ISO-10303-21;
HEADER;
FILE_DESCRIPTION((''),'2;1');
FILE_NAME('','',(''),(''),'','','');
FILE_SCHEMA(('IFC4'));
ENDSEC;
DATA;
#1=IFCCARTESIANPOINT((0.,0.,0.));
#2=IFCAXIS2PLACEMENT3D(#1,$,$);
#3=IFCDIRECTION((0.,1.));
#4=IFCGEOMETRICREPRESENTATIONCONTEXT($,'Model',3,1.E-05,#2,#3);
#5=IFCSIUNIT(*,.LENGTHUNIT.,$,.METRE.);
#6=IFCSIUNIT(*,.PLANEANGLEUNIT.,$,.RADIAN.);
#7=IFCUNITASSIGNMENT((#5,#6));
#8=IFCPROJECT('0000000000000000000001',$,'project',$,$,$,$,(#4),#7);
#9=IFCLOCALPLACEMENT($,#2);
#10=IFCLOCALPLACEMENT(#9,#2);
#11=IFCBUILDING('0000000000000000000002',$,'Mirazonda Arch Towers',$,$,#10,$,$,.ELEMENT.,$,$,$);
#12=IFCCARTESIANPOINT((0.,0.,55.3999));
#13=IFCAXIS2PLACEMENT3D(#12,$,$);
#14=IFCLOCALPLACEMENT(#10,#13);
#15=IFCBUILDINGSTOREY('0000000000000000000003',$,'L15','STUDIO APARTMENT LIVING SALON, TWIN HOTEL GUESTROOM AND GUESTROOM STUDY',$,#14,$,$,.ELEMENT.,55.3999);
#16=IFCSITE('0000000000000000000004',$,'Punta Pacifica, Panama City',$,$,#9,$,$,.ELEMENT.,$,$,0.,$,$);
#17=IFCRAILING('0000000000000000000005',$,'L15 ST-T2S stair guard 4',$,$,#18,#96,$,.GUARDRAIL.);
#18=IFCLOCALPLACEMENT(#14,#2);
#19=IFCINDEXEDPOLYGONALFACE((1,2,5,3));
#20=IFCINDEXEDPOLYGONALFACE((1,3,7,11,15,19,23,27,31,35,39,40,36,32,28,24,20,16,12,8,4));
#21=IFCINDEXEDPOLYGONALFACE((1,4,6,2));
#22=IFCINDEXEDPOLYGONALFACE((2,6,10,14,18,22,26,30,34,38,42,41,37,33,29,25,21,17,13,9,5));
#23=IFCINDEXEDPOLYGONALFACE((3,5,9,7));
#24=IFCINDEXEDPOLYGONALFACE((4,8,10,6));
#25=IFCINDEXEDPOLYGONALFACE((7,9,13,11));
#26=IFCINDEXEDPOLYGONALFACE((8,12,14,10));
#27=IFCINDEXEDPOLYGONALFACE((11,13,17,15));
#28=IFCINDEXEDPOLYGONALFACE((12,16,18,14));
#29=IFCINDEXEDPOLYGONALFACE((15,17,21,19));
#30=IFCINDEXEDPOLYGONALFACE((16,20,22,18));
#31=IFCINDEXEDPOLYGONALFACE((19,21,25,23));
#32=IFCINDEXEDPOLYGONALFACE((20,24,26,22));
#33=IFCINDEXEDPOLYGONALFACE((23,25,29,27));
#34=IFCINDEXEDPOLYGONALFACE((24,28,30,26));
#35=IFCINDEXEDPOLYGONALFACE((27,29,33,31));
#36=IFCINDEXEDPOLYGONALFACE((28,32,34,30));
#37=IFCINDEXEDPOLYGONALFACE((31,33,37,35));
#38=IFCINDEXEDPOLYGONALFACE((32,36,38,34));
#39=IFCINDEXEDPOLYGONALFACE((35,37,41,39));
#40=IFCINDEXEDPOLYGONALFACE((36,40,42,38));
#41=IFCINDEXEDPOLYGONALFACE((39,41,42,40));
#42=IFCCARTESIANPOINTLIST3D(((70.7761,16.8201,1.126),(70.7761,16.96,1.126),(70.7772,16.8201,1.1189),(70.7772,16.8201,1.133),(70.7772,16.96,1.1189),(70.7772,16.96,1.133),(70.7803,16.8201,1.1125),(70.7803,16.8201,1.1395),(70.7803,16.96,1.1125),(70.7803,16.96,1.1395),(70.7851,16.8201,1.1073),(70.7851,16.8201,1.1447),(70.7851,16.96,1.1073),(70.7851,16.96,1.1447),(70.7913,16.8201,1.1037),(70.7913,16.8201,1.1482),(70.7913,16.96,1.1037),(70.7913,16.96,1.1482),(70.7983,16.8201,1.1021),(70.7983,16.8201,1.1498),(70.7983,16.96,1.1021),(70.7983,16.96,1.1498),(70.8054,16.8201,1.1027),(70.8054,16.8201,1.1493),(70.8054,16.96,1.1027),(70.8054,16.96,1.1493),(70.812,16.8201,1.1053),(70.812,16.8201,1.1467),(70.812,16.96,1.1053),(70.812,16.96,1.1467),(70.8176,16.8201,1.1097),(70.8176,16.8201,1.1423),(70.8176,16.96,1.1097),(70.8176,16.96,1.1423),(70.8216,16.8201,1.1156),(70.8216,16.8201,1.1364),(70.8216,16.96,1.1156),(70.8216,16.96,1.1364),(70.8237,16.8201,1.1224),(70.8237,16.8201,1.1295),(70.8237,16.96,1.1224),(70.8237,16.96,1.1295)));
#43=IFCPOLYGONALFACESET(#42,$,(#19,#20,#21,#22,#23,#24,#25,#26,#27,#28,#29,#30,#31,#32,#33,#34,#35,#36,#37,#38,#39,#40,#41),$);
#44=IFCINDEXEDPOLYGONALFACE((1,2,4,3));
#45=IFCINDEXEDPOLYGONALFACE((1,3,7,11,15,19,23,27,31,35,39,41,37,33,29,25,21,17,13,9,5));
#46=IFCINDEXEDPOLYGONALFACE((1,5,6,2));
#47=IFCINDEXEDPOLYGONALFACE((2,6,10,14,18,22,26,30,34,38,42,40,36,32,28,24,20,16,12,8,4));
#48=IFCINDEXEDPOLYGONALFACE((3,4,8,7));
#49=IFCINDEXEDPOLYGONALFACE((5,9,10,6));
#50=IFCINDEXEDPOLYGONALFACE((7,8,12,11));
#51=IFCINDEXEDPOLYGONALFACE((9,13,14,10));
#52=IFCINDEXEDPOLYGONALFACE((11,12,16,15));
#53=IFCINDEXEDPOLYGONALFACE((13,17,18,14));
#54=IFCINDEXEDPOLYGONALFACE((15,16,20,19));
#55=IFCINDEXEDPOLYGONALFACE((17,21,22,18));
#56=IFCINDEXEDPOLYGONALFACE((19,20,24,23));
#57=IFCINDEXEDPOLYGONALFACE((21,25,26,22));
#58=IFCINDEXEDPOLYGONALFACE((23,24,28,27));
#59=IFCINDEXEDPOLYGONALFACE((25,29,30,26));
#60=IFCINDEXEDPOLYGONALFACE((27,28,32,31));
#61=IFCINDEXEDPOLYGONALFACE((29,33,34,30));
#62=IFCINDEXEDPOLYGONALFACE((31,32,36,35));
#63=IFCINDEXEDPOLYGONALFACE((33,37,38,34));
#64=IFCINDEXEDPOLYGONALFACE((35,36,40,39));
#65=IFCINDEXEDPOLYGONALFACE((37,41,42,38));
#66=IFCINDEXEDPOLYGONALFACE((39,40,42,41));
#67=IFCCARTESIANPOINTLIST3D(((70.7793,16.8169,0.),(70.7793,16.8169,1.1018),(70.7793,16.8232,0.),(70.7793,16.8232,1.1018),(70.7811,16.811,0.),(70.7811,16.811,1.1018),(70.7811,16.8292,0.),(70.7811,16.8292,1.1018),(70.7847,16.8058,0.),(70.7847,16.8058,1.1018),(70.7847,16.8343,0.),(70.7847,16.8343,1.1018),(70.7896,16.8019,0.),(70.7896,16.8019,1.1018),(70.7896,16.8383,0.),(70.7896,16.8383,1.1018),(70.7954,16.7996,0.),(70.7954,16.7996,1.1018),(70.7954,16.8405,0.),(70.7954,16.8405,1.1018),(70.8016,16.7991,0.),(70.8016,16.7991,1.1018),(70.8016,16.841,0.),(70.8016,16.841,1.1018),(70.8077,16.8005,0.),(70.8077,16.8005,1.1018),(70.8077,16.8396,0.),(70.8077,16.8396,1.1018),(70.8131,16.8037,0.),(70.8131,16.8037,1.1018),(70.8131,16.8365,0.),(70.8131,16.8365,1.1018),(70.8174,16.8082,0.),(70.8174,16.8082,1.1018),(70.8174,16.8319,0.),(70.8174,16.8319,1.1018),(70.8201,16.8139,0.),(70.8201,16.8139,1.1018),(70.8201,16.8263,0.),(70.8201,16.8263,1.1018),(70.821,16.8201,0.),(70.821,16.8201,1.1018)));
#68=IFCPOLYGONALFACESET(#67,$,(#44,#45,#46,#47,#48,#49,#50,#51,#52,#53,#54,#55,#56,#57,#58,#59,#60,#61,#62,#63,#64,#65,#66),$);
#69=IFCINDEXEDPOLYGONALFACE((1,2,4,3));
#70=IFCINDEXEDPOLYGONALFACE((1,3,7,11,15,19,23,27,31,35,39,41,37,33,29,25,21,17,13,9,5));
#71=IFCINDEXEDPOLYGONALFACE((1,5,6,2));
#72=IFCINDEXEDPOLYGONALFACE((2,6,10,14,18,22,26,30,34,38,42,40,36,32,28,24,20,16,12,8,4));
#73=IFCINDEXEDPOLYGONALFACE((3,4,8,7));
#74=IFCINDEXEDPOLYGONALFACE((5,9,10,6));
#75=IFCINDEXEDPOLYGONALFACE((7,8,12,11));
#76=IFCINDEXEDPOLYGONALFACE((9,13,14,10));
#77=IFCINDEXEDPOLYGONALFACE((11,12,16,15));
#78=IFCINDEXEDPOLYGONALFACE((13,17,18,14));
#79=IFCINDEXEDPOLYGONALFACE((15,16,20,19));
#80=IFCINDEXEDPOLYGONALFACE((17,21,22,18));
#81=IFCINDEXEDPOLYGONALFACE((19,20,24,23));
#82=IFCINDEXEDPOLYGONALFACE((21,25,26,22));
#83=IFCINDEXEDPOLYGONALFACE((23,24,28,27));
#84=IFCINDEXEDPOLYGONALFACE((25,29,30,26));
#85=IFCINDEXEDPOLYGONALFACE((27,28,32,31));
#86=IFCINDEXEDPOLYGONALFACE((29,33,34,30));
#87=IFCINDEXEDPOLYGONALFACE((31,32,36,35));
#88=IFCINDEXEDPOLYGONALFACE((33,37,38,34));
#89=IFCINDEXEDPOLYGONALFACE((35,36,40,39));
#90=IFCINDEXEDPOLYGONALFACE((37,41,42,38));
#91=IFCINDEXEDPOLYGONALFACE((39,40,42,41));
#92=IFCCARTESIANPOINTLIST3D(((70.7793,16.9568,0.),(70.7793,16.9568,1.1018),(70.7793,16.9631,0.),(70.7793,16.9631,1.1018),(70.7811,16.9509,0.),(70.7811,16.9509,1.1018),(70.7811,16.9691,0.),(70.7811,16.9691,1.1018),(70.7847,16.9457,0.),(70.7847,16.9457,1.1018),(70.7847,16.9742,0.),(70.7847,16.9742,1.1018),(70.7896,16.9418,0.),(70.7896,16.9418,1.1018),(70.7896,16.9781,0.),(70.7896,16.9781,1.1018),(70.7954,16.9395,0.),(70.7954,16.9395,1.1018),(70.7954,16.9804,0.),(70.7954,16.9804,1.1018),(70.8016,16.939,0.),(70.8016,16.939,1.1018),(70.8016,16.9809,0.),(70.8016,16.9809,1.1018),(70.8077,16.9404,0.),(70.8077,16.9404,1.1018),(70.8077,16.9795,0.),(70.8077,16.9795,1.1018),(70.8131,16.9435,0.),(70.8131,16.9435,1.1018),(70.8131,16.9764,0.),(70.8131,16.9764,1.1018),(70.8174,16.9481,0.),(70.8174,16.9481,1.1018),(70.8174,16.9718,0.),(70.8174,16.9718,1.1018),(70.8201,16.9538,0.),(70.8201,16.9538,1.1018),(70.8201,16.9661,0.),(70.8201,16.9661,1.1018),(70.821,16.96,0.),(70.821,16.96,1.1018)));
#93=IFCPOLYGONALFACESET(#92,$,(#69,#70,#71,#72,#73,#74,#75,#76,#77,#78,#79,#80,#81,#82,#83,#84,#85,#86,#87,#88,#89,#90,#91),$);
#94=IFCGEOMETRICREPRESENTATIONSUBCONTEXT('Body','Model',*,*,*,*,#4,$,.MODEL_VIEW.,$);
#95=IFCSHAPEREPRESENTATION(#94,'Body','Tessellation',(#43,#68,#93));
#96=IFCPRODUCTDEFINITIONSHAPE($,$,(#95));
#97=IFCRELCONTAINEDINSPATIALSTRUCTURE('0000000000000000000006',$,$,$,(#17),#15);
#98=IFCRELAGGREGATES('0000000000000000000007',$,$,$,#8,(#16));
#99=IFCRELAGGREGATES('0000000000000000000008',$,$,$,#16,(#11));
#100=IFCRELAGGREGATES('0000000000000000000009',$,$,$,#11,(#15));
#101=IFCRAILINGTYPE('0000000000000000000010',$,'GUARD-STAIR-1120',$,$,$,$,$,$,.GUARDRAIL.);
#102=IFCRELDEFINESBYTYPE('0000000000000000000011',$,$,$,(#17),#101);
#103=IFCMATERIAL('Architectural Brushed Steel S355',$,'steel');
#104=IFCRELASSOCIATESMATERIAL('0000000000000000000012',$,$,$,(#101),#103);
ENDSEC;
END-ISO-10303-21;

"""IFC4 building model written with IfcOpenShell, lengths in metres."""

from ifc_helpers import new_model, si_unit, direction, frame, origin, origin_2d, place, context, subcontext, project, spatial, circle, extrude, material, type_object, element, save


model = new_model("IFC4")

# Units and contexts
model_context = context("Model", 3, precision=1e-05, world=origin(), true_north=direction((0.0, 1.0)))
body_context = subcontext(model_context, "Body", "Model", "MODEL_VIEW")
ifc_project = project(units=[si_unit("LENGTHUNIT", "METRE"), si_unit("PLANEANGLEUNIT", "RADIAN")], contexts=[model_context])

# Site, building, storey
site_placement = place(None, origin())
site = spatial("IfcSite", under=ifc_project, at=site_placement, Name="Punta Pacifica, Panama City", CompositionType="ELEMENT", RefElevation=0.0)
building_placement = place(site_placement, origin())
building = spatial("IfcBuilding", under=site, at=building_placement, Name="Mirazonda Arch Towers", CompositionType="ELEMENT")
storey_placement = place(building_placement, frame((0.0, 0.0, 55.3999)))
storey = spatial("IfcBuildingStorey", under=building, at=storey_placement, Name="L15", Description="STUDIO APARTMENT LIVING SALON, TWIN HOTEL GUESTROOM AND GUESTROOM STUDY", CompositionType="ELEMENT", Elevation=55.3999)

# Railing
ifc_material_1 = material(Name="Architectural Brushed Steel S355", Category="steel")
railing_type_1 = type_object("IfcRailingType", Name="GUARD-STAIR-1120", PredefinedType="GUARDRAIL", material=ifc_material_1)
railing_1_placement = place(storey_placement, frame((70.8, 16.8201, 0.0)))
element("IfcRailing", 1, at=railing_1_placement, inside=storey, type_object=railing_type_1, Name="L15 ST-T2S stair guard 4", PredefinedType="GUARDRAIL", context=body_context, shape_type="SweptSolid", body=[
    extrude(circle(Radius=0.0239, at=origin_2d()), frame((0.0, 0.0, 1.126), z_axis=(0.0, 1.0, 0.0), x_axis=(-1.0, 0.0, 0.0)), (0.0, 0.0, 1.0), 0.1399),
    extrude(circle(Radius=0.021, at=origin_2d()), origin(), (0.0, 0.0, 1.0), 1.1018),
    extrude(circle(Radius=0.021, at=origin_2d()), frame((0.0, 0.1399, 0.0)), (0.0, 0.0, 1.0), 1.1018),
])

save(model, "model.ifc")
